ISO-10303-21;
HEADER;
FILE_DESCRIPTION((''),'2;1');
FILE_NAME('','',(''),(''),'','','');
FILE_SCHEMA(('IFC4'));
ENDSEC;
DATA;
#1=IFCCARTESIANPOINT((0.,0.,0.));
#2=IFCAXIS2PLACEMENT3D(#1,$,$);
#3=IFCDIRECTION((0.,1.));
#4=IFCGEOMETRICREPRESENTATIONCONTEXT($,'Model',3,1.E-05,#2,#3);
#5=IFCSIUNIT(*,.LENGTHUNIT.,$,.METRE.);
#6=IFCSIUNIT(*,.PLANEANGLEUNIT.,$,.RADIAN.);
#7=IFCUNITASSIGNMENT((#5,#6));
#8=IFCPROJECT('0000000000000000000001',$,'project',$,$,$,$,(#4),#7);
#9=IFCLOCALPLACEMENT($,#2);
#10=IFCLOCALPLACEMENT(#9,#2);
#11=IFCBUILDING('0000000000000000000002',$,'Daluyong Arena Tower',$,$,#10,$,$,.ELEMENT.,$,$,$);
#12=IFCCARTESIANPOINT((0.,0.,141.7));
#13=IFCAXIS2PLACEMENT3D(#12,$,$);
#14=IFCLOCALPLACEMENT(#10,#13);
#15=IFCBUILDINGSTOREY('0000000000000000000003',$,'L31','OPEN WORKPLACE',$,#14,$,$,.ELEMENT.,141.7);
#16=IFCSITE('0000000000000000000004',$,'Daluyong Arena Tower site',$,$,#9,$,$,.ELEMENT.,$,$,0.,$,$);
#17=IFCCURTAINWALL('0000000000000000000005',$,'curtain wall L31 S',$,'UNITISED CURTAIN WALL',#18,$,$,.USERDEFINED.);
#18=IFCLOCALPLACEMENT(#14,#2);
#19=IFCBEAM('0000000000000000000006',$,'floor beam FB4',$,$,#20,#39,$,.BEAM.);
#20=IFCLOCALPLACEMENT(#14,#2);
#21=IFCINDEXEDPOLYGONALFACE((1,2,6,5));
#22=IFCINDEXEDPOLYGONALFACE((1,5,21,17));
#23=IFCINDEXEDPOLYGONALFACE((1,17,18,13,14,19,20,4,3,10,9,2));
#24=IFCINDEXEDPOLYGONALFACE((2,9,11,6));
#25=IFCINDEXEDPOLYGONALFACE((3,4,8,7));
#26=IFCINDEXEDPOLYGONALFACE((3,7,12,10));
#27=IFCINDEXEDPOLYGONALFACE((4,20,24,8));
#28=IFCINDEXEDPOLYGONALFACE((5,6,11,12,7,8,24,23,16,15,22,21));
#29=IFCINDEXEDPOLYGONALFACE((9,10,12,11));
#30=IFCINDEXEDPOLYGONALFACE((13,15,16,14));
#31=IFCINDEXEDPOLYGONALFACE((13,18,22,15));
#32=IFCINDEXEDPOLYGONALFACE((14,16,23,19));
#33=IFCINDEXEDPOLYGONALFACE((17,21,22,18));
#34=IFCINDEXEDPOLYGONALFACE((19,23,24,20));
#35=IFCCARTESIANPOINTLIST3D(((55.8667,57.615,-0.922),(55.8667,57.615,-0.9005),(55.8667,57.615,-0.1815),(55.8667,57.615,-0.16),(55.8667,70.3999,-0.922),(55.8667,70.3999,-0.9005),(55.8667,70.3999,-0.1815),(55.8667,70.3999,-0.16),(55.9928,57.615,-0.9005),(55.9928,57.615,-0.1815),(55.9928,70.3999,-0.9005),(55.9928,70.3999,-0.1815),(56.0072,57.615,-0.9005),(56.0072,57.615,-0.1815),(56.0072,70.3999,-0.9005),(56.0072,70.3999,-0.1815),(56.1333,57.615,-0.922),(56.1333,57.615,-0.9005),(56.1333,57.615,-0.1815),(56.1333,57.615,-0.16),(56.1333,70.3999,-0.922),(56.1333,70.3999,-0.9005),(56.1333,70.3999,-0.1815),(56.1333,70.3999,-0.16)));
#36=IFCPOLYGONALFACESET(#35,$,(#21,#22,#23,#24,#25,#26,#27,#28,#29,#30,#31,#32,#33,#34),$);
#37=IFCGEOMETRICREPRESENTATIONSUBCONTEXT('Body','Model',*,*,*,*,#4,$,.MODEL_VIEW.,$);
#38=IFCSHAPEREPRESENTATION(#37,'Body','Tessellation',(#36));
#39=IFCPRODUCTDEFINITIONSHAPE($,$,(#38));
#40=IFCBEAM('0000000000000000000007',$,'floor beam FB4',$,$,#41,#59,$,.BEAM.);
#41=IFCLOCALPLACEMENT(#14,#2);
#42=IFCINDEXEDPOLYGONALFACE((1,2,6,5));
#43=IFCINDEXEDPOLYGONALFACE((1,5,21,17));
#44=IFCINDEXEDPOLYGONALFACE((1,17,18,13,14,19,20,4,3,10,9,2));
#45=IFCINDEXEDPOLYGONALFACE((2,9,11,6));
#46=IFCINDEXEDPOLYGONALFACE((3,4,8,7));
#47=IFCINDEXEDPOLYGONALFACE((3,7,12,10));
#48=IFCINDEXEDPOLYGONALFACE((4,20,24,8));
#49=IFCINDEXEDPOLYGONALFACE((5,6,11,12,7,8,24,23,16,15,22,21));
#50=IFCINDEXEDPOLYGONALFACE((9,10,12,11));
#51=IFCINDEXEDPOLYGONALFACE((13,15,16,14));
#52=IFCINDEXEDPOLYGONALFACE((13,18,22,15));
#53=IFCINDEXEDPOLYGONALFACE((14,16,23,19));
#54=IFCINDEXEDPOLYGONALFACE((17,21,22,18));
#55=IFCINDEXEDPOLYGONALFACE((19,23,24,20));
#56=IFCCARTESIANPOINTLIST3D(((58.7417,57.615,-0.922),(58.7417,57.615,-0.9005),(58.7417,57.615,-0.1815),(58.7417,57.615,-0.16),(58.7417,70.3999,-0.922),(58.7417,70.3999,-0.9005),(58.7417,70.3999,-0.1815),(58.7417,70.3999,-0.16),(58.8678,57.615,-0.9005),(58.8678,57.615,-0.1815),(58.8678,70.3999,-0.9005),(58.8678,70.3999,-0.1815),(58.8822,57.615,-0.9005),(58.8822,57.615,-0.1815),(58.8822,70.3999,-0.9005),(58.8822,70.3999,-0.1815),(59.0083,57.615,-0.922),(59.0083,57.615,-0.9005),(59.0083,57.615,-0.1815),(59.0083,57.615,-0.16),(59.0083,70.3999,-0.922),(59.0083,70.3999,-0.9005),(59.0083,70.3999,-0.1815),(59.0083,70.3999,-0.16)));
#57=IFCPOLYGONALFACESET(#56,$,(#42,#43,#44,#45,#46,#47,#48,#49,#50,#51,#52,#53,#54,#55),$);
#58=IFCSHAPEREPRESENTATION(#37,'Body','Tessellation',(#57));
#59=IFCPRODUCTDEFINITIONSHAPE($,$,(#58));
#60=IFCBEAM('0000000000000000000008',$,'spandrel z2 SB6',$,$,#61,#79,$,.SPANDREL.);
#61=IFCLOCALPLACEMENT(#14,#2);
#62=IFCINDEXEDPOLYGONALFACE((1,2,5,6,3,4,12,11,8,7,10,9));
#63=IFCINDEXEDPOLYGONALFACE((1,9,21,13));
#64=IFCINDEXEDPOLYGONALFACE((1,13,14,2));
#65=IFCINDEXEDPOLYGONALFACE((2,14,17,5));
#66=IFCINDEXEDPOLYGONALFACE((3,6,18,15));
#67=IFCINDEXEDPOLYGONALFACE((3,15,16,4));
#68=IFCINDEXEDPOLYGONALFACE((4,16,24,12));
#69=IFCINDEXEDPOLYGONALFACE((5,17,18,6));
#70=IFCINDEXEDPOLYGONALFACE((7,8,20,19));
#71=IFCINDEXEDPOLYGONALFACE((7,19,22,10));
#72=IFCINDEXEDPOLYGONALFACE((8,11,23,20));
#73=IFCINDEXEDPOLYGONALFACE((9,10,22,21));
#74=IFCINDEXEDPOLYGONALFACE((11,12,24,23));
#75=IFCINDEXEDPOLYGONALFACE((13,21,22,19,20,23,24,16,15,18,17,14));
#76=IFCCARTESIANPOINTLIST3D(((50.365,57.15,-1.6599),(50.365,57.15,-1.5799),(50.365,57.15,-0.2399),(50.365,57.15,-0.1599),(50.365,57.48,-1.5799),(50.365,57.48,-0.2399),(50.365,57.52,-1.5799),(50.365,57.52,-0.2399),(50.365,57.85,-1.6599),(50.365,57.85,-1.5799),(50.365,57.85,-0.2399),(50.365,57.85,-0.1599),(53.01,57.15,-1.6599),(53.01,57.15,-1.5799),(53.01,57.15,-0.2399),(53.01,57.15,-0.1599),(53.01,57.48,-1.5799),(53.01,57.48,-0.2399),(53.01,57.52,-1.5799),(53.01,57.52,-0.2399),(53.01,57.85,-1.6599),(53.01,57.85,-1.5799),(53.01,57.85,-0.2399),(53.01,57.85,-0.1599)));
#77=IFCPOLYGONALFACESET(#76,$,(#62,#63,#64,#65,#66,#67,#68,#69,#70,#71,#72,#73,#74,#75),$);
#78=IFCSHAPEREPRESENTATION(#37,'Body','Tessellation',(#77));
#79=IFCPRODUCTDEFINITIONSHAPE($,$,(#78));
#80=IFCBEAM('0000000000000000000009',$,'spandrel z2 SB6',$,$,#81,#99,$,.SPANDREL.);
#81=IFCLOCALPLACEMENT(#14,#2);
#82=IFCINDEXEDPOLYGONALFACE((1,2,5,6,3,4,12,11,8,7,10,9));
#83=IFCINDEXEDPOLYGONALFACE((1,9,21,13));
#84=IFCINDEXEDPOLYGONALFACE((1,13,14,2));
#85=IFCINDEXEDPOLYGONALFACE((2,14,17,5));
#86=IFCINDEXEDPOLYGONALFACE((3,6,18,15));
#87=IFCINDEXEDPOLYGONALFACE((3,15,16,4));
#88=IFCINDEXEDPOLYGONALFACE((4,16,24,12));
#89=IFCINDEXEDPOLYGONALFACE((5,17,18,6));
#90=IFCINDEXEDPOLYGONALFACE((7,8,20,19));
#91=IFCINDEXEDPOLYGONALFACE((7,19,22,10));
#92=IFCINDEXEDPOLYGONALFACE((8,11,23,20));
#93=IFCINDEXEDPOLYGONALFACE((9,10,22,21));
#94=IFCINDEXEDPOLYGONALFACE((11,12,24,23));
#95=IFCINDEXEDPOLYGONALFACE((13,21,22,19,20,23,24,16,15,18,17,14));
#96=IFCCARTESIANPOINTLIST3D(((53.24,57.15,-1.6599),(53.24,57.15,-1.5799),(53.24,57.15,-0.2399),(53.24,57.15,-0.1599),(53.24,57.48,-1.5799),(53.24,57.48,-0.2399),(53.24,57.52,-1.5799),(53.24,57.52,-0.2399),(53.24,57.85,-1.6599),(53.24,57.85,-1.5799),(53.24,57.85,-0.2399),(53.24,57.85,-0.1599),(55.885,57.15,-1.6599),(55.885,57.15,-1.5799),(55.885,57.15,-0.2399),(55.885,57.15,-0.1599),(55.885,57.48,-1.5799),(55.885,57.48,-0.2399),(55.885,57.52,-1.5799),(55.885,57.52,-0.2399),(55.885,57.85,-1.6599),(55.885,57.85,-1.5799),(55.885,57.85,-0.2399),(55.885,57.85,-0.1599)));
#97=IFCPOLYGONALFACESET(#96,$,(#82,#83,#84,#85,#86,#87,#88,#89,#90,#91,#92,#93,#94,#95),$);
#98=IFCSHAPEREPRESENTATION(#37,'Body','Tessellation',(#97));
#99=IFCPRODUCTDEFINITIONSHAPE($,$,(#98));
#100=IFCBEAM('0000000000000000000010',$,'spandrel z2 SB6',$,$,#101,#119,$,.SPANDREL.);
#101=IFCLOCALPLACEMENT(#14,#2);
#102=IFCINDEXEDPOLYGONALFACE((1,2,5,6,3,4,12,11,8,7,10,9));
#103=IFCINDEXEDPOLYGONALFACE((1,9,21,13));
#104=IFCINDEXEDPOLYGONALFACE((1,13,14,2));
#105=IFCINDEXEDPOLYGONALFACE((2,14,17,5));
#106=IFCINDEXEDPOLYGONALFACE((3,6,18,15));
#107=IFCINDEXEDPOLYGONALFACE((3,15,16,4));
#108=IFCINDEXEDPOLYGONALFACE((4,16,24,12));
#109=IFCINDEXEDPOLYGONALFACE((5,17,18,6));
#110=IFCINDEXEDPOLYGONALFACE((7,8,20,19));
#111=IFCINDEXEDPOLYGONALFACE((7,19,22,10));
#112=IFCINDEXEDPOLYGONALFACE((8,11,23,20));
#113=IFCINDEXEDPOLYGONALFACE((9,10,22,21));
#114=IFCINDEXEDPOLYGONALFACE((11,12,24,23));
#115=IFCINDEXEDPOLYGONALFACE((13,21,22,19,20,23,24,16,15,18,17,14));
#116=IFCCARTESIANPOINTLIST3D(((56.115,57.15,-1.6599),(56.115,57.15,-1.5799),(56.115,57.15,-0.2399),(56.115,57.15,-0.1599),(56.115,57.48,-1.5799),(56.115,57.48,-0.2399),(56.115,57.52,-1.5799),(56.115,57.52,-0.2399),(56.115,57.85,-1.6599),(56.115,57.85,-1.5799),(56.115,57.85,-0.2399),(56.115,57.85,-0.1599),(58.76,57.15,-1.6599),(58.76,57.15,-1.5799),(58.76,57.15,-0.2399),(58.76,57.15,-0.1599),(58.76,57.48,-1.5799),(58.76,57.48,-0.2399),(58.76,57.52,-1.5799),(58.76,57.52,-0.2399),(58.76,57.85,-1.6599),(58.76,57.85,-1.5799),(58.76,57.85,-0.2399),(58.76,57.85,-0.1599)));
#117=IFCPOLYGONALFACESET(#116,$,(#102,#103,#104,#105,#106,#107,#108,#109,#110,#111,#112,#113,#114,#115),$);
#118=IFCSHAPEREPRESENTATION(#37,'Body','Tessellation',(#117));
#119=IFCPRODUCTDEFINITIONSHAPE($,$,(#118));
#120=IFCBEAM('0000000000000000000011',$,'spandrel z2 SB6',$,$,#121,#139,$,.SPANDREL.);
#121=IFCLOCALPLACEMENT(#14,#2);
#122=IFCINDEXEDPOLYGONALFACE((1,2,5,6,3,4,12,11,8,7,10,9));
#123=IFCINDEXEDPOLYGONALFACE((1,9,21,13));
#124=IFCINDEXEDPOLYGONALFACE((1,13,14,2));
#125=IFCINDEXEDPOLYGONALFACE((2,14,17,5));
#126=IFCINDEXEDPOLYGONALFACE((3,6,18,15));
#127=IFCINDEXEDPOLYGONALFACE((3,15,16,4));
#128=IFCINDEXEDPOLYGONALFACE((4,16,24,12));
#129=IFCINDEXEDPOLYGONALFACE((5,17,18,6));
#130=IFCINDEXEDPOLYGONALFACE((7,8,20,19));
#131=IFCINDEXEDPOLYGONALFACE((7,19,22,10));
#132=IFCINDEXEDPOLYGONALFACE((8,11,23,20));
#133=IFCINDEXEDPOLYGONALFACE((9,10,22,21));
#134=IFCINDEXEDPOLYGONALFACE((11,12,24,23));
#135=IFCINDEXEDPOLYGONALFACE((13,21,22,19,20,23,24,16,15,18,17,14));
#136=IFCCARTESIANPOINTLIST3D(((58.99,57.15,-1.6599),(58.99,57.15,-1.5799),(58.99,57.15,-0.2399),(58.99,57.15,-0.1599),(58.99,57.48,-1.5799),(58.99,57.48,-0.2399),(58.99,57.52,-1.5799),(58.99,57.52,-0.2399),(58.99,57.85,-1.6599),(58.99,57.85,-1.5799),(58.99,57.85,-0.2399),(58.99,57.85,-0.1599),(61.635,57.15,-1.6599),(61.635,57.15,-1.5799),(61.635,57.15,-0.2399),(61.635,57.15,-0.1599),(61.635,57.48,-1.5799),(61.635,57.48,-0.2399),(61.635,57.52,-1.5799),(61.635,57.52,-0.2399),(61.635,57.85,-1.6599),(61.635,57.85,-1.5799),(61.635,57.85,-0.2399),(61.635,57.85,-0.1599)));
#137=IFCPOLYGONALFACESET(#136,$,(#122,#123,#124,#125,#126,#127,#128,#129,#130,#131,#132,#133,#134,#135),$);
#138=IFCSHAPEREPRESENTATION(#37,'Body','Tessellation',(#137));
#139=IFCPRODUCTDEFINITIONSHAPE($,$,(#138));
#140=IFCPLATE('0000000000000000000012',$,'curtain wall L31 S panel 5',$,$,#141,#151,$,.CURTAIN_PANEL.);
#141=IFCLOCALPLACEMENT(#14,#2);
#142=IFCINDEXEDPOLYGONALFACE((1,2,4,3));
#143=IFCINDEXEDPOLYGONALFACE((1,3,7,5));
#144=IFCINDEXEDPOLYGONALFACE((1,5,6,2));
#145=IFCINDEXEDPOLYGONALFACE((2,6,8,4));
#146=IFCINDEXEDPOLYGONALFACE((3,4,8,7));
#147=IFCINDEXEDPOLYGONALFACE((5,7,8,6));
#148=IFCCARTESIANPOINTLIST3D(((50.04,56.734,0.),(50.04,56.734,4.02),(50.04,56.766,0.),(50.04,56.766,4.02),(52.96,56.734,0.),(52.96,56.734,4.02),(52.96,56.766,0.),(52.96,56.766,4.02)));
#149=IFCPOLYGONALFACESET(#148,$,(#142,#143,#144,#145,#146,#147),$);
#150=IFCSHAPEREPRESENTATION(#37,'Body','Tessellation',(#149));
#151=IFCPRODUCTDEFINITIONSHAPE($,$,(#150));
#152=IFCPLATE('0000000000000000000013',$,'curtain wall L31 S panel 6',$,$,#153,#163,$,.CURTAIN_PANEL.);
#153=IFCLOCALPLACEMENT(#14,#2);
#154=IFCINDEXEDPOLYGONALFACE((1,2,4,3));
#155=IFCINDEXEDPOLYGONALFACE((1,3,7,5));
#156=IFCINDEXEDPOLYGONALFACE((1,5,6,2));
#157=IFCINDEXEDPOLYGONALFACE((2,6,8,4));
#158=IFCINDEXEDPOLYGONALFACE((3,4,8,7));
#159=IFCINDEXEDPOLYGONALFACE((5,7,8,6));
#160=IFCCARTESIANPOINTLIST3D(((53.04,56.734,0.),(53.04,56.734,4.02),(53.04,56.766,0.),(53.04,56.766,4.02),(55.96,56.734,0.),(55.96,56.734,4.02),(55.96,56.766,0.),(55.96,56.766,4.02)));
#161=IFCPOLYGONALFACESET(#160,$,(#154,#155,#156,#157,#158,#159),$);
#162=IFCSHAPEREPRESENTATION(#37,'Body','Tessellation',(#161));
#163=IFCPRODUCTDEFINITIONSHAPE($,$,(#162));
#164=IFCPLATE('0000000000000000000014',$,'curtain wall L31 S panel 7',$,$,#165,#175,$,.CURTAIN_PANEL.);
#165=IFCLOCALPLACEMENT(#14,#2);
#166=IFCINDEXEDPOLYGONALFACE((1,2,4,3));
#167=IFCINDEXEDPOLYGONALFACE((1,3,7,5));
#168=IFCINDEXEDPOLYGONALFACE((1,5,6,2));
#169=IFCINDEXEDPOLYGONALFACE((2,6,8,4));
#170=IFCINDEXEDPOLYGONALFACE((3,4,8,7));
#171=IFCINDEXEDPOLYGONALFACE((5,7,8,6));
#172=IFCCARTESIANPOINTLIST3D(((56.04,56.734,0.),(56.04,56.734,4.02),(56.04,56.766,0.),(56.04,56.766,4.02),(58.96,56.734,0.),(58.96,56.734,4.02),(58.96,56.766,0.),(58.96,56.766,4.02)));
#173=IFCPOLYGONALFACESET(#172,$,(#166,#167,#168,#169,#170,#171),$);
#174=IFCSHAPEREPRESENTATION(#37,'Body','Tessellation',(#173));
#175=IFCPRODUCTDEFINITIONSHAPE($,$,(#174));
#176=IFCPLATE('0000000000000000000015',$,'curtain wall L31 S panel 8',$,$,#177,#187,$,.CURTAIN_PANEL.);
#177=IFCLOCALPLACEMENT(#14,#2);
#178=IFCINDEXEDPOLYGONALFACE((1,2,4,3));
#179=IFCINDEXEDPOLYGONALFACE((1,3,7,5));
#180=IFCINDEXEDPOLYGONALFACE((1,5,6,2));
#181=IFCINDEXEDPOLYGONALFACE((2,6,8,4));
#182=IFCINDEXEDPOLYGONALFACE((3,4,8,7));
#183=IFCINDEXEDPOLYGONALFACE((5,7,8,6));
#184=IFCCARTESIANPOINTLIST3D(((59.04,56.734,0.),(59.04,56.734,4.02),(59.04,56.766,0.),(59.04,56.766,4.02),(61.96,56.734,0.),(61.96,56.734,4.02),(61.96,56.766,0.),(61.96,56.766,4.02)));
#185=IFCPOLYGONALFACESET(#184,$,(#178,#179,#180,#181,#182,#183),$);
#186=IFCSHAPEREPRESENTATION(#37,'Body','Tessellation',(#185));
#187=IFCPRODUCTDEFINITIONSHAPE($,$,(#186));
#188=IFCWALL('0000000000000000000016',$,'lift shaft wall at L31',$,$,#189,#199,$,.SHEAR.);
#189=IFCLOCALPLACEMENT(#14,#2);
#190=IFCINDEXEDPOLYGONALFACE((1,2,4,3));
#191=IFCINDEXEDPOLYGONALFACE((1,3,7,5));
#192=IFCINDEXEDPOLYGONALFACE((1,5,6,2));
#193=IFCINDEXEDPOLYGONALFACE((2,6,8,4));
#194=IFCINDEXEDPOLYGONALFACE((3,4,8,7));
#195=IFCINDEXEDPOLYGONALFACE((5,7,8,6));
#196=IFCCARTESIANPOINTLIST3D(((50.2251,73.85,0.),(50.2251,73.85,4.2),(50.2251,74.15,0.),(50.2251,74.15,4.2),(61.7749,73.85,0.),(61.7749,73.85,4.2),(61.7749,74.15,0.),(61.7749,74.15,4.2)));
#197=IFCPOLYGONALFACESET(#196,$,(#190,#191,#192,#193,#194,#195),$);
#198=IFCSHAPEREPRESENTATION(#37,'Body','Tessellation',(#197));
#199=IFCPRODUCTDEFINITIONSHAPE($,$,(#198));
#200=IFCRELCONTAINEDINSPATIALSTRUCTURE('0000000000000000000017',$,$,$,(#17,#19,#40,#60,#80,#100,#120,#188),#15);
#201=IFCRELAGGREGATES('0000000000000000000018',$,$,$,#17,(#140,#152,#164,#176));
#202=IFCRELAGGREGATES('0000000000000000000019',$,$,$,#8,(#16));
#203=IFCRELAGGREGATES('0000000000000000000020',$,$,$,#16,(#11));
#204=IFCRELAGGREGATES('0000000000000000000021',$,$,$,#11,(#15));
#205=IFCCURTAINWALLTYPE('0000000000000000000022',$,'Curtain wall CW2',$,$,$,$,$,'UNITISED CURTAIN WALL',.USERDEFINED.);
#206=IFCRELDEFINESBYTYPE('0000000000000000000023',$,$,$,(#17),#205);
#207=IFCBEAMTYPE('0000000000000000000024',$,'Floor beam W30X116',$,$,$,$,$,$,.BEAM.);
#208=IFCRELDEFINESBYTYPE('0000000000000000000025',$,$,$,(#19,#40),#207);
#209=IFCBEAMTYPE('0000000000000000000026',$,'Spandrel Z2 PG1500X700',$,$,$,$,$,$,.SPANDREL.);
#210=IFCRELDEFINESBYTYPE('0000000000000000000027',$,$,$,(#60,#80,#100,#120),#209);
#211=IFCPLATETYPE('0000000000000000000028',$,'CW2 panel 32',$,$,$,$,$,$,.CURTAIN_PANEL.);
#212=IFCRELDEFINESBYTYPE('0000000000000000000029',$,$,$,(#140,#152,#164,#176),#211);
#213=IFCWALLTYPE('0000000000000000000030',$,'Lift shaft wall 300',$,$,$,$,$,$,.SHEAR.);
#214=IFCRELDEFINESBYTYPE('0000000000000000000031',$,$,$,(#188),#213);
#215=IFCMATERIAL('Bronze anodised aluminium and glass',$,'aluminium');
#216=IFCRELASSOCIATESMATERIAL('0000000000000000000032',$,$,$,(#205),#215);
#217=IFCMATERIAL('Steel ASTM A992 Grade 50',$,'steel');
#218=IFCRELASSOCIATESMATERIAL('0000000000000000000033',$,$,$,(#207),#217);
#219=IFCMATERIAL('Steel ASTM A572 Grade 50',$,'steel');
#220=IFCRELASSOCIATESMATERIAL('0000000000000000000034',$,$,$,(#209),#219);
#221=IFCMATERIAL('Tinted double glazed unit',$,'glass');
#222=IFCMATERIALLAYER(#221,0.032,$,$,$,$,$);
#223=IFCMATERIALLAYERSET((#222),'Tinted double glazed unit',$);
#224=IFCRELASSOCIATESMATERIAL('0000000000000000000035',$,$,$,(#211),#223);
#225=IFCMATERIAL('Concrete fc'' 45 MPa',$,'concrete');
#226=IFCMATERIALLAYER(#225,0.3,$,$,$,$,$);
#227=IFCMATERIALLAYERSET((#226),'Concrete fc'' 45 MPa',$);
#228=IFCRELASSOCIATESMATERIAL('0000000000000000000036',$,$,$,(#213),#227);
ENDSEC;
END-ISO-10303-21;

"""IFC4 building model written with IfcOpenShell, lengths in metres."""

from ifc_helpers import new_model, si_unit, direction, frame, frame_2d, origin, origin_2d, place, context, subcontext, project, spatial, rectangle, i_section, extrude, material, layer, layer_set, material_profile, profile_set, type_object, element, aggregate, save


model = new_model("IFC4")

# Units and contexts
model_context = context("Model", 3, precision=1e-05, world=origin(), true_north=direction((0.0, 1.0)))
body_context = subcontext(model_context, "Body", "Model", "MODEL_VIEW")
ifc_project = project(units=[si_unit("LENGTHUNIT", "METRE"), si_unit("PLANEANGLEUNIT", "RADIAN")], contexts=[model_context])

# Site, building, storey
site_placement = place(None, origin())
site = spatial("IfcSite", under=ifc_project, at=site_placement, Name="Daluyong Arena Tower site", CompositionType="ELEMENT", RefElevation=0.0)
building_placement = place(site_placement, origin())
building = spatial("IfcBuilding", under=site, at=building_placement, Name="Daluyong Arena Tower", CompositionType="ELEMENT")
storey_placement = place(building_placement, frame((0.0, 0.0, 141.7)))
storey = spatial("IfcBuildingStorey", under=building, at=storey_placement, Name="L31", Description="OPEN WORKPLACE", CompositionType="ELEMENT", Elevation=141.7)

# Curtain wall
ifc_material_1 = material(Name="Bronze anodised aluminium and glass", Category="aluminium")
curtain_wall_type = type_object("IfcCurtainWallType", Name="Curtain wall CW2", ElementType="UNITISED CURTAIN WALL", PredefinedType="USERDEFINED", material=ifc_material_1)
curtain_wall_placement = place(storey_placement, origin())
curtain_wall = element("IfcCurtainWall", 1, at=curtain_wall_placement, inside=storey, type_object=curtain_wall_type, Name="curtain wall L31 S", ObjectType="UNITISED CURTAIN WALL", PredefinedType="USERDEFINED")

# Beams
ifc_material_2 = material(Name="Steel ASTM A992 Grade 50", Category="steel")
ifc_material_profile_1 = material_profile(ifc_material_2, i_section(OverallWidth=0.2666, OverallDepth=0.762, WebThickness=0.0144, FlangeThickness=0.0215, at=origin_2d()))
ifc_profile_set_1 = profile_set([ifc_material_profile_1], Name="Steel ASTM A992 Grade 50")
beam_type_1 = type_object("IfcBeamType", Name="Floor beam W30X116", PredefinedType="BEAM", material=ifc_profile_set_1)
for number, where, z_axis, x_axis, name in (
    (2, (56.0, 57.615, -0.541), (0.0, 1.0, 0.0), (-1.0, 0.0, 0.0), "floor beam FB4"),
    (3, (58.875, 57.615, -0.541), (0.0, 1.0, 0.0), (-1.0, 0.0, 0.0), "floor beam FB4"),
):
    element("IfcBeam", number, at=place(storey_placement, frame(where, z_axis=z_axis, x_axis=x_axis)), inside=storey, type_object=beam_type_1, Name=name, PredefinedType="BEAM", context=body_context, shape_type="SweptSolid", body=[
        extrude(i_section(OverallWidth=0.2666, OverallDepth=0.762, WebThickness=0.0144, FlangeThickness=0.0215, at=origin_2d()), origin(), (0.0, 0.0, 1.0), 12.7849),
    ])
ifc_material_3 = material(Name="Steel ASTM A572 Grade 50", Category="steel")
ifc_material_profile_2 = material_profile(ifc_material_3, i_section(OverallWidth=0.7, OverallDepth=1.5, WebThickness=0.04, FlangeThickness=0.08, at=origin_2d()))
ifc_profile_set_2 = profile_set([ifc_material_profile_2], Name="Steel ASTM A572 Grade 50")
beam_type_2 = type_object("IfcBeamType", Name="Spandrel Z2 PG1500X700", PredefinedType="SPANDREL", material=ifc_profile_set_2)
for number, where, z_axis, x_axis, name in (
    (4, (50.365, 57.5, -0.9099), (1.0, 0.0, 0.0), (0.0, 1.0, 0.0), "spandrel z2 SB6"),
    (5, (53.24, 57.5, -0.9099), (1.0, 0.0, 0.0), (0.0, 1.0, 0.0), "spandrel z2 SB6"),
    (6, (56.115, 57.5, -0.9099), (1.0, 0.0, 0.0), (0.0, 1.0, 0.0), "spandrel z2 SB6"),
    (7, (58.99, 57.5, -0.9099), (1.0, 0.0, 0.0), (0.0, 1.0, 0.0), "spandrel z2 SB6"),
):
    element("IfcBeam", number, at=place(storey_placement, frame(where, z_axis=z_axis, x_axis=x_axis)), inside=storey, type_object=beam_type_2, Name=name, PredefinedType="SPANDREL", context=body_context, shape_type="SweptSolid", body=[
        extrude(i_section(OverallWidth=0.7, OverallDepth=1.5, WebThickness=0.04, FlangeThickness=0.08, at=origin_2d()), origin(), (0.0, 0.0, 1.0), 2.645),
    ])

# Plates
ifc_material_4 = material(Name="Tinted double glazed unit", Category="glass")
ifc_layer_1 = layer(ifc_material_4, 0.032)
ifc_layer_set_1 = layer_set([ifc_layer_1], Name="Tinted double glazed unit")
plate_type = type_object("IfcPlateType", Name="CW2 panel 32", PredefinedType="CURTAIN_PANEL", material=ifc_layer_set_1)
plate_1_placement = place(storey_placement, frame((51.5, 56.75, 0.0), z_axis=(0.0, 0.0, 1.0), x_axis=(1.0, 0.0, 0.0)))
plate_1 = element("IfcPlate", 8, at=plate_1_placement, type_object=plate_type, Name="curtain wall L31 S panel 5", PredefinedType="CURTAIN_PANEL", context=body_context, shape_type="SweptSolid", body=[
    extrude(rectangle(XDim=2.9199, YDim=0.032, at=origin_2d()), origin(), (0.0, 0.0, 1.0), 4.02),
])
plate_2_placement = place(storey_placement, frame((54.5, 56.75, 0.0), z_axis=(0.0, 0.0, 1.0), x_axis=(1.0, 0.0, 0.0)))
plate_2 = element("IfcPlate", 9, at=plate_2_placement, type_object=plate_type, Name="curtain wall L31 S panel 6", PredefinedType="CURTAIN_PANEL", context=body_context, shape_type="SweptSolid", body=[
    extrude(rectangle(XDim=2.9199, YDim=0.032, at=origin_2d()), origin(), (0.0, 0.0, 1.0), 4.02),
])
plate_3_placement = place(storey_placement, frame((57.5, 56.75, 0.0), z_axis=(0.0, 0.0, 1.0), x_axis=(1.0, 0.0, 0.0)))
plate_3 = element("IfcPlate", 10, at=plate_3_placement, type_object=plate_type, Name="curtain wall L31 S panel 7", PredefinedType="CURTAIN_PANEL", context=body_context, shape_type="SweptSolid", body=[
    extrude(rectangle(XDim=2.9199, YDim=0.032, at=origin_2d()), origin(), (0.0, 0.0, 1.0), 4.02),
])
plate_4_placement = place(storey_placement, frame((60.5, 56.75, 0.0), z_axis=(0.0, 0.0, 1.0), x_axis=(1.0, 0.0, 0.0)))
plate_4 = element("IfcPlate", 11, at=plate_4_placement, type_object=plate_type, Name="curtain wall L31 S panel 8", PredefinedType="CURTAIN_PANEL", context=body_context, shape_type="SweptSolid", body=[
    extrude(rectangle(XDim=2.9199, YDim=0.032, at=origin_2d()), origin(), (0.0, 0.0, 1.0), 4.02),
])
aggregate(curtain_wall, [plate_1, plate_2, plate_3, plate_4])

# Wall
ifc_material_5 = material(Name="Concrete fc' 45 MPa", Category="concrete")
ifc_layer_2 = layer(ifc_material_5, 0.3)
ifc_layer_set_2 = layer_set([ifc_layer_2], Name="Concrete fc' 45 MPa")
wall_type_1 = type_object("IfcWallType", Name="Lift shaft wall 300", PredefinedType="SHEAR", material=ifc_layer_set_2)
wall_1_placement = place(storey_placement, frame((50.2251, 74.0, 0.0), z_axis=(0.0, 0.0, 1.0), x_axis=(1.0, 0.0, 0.0)))
element("IfcWall", 12, at=wall_1_placement, inside=storey, type_object=wall_type_1, Name="lift shaft wall at L31", PredefinedType="SHEAR", context=body_context, shape_type="SweptSolid", body=[
    extrude(rectangle(XDim=11.5498, YDim=0.3, at=frame_2d((5.7749, 0.0))), origin(), (0.0, 0.0, 1.0), 4.2),
])

save(model, "model.ifc")
